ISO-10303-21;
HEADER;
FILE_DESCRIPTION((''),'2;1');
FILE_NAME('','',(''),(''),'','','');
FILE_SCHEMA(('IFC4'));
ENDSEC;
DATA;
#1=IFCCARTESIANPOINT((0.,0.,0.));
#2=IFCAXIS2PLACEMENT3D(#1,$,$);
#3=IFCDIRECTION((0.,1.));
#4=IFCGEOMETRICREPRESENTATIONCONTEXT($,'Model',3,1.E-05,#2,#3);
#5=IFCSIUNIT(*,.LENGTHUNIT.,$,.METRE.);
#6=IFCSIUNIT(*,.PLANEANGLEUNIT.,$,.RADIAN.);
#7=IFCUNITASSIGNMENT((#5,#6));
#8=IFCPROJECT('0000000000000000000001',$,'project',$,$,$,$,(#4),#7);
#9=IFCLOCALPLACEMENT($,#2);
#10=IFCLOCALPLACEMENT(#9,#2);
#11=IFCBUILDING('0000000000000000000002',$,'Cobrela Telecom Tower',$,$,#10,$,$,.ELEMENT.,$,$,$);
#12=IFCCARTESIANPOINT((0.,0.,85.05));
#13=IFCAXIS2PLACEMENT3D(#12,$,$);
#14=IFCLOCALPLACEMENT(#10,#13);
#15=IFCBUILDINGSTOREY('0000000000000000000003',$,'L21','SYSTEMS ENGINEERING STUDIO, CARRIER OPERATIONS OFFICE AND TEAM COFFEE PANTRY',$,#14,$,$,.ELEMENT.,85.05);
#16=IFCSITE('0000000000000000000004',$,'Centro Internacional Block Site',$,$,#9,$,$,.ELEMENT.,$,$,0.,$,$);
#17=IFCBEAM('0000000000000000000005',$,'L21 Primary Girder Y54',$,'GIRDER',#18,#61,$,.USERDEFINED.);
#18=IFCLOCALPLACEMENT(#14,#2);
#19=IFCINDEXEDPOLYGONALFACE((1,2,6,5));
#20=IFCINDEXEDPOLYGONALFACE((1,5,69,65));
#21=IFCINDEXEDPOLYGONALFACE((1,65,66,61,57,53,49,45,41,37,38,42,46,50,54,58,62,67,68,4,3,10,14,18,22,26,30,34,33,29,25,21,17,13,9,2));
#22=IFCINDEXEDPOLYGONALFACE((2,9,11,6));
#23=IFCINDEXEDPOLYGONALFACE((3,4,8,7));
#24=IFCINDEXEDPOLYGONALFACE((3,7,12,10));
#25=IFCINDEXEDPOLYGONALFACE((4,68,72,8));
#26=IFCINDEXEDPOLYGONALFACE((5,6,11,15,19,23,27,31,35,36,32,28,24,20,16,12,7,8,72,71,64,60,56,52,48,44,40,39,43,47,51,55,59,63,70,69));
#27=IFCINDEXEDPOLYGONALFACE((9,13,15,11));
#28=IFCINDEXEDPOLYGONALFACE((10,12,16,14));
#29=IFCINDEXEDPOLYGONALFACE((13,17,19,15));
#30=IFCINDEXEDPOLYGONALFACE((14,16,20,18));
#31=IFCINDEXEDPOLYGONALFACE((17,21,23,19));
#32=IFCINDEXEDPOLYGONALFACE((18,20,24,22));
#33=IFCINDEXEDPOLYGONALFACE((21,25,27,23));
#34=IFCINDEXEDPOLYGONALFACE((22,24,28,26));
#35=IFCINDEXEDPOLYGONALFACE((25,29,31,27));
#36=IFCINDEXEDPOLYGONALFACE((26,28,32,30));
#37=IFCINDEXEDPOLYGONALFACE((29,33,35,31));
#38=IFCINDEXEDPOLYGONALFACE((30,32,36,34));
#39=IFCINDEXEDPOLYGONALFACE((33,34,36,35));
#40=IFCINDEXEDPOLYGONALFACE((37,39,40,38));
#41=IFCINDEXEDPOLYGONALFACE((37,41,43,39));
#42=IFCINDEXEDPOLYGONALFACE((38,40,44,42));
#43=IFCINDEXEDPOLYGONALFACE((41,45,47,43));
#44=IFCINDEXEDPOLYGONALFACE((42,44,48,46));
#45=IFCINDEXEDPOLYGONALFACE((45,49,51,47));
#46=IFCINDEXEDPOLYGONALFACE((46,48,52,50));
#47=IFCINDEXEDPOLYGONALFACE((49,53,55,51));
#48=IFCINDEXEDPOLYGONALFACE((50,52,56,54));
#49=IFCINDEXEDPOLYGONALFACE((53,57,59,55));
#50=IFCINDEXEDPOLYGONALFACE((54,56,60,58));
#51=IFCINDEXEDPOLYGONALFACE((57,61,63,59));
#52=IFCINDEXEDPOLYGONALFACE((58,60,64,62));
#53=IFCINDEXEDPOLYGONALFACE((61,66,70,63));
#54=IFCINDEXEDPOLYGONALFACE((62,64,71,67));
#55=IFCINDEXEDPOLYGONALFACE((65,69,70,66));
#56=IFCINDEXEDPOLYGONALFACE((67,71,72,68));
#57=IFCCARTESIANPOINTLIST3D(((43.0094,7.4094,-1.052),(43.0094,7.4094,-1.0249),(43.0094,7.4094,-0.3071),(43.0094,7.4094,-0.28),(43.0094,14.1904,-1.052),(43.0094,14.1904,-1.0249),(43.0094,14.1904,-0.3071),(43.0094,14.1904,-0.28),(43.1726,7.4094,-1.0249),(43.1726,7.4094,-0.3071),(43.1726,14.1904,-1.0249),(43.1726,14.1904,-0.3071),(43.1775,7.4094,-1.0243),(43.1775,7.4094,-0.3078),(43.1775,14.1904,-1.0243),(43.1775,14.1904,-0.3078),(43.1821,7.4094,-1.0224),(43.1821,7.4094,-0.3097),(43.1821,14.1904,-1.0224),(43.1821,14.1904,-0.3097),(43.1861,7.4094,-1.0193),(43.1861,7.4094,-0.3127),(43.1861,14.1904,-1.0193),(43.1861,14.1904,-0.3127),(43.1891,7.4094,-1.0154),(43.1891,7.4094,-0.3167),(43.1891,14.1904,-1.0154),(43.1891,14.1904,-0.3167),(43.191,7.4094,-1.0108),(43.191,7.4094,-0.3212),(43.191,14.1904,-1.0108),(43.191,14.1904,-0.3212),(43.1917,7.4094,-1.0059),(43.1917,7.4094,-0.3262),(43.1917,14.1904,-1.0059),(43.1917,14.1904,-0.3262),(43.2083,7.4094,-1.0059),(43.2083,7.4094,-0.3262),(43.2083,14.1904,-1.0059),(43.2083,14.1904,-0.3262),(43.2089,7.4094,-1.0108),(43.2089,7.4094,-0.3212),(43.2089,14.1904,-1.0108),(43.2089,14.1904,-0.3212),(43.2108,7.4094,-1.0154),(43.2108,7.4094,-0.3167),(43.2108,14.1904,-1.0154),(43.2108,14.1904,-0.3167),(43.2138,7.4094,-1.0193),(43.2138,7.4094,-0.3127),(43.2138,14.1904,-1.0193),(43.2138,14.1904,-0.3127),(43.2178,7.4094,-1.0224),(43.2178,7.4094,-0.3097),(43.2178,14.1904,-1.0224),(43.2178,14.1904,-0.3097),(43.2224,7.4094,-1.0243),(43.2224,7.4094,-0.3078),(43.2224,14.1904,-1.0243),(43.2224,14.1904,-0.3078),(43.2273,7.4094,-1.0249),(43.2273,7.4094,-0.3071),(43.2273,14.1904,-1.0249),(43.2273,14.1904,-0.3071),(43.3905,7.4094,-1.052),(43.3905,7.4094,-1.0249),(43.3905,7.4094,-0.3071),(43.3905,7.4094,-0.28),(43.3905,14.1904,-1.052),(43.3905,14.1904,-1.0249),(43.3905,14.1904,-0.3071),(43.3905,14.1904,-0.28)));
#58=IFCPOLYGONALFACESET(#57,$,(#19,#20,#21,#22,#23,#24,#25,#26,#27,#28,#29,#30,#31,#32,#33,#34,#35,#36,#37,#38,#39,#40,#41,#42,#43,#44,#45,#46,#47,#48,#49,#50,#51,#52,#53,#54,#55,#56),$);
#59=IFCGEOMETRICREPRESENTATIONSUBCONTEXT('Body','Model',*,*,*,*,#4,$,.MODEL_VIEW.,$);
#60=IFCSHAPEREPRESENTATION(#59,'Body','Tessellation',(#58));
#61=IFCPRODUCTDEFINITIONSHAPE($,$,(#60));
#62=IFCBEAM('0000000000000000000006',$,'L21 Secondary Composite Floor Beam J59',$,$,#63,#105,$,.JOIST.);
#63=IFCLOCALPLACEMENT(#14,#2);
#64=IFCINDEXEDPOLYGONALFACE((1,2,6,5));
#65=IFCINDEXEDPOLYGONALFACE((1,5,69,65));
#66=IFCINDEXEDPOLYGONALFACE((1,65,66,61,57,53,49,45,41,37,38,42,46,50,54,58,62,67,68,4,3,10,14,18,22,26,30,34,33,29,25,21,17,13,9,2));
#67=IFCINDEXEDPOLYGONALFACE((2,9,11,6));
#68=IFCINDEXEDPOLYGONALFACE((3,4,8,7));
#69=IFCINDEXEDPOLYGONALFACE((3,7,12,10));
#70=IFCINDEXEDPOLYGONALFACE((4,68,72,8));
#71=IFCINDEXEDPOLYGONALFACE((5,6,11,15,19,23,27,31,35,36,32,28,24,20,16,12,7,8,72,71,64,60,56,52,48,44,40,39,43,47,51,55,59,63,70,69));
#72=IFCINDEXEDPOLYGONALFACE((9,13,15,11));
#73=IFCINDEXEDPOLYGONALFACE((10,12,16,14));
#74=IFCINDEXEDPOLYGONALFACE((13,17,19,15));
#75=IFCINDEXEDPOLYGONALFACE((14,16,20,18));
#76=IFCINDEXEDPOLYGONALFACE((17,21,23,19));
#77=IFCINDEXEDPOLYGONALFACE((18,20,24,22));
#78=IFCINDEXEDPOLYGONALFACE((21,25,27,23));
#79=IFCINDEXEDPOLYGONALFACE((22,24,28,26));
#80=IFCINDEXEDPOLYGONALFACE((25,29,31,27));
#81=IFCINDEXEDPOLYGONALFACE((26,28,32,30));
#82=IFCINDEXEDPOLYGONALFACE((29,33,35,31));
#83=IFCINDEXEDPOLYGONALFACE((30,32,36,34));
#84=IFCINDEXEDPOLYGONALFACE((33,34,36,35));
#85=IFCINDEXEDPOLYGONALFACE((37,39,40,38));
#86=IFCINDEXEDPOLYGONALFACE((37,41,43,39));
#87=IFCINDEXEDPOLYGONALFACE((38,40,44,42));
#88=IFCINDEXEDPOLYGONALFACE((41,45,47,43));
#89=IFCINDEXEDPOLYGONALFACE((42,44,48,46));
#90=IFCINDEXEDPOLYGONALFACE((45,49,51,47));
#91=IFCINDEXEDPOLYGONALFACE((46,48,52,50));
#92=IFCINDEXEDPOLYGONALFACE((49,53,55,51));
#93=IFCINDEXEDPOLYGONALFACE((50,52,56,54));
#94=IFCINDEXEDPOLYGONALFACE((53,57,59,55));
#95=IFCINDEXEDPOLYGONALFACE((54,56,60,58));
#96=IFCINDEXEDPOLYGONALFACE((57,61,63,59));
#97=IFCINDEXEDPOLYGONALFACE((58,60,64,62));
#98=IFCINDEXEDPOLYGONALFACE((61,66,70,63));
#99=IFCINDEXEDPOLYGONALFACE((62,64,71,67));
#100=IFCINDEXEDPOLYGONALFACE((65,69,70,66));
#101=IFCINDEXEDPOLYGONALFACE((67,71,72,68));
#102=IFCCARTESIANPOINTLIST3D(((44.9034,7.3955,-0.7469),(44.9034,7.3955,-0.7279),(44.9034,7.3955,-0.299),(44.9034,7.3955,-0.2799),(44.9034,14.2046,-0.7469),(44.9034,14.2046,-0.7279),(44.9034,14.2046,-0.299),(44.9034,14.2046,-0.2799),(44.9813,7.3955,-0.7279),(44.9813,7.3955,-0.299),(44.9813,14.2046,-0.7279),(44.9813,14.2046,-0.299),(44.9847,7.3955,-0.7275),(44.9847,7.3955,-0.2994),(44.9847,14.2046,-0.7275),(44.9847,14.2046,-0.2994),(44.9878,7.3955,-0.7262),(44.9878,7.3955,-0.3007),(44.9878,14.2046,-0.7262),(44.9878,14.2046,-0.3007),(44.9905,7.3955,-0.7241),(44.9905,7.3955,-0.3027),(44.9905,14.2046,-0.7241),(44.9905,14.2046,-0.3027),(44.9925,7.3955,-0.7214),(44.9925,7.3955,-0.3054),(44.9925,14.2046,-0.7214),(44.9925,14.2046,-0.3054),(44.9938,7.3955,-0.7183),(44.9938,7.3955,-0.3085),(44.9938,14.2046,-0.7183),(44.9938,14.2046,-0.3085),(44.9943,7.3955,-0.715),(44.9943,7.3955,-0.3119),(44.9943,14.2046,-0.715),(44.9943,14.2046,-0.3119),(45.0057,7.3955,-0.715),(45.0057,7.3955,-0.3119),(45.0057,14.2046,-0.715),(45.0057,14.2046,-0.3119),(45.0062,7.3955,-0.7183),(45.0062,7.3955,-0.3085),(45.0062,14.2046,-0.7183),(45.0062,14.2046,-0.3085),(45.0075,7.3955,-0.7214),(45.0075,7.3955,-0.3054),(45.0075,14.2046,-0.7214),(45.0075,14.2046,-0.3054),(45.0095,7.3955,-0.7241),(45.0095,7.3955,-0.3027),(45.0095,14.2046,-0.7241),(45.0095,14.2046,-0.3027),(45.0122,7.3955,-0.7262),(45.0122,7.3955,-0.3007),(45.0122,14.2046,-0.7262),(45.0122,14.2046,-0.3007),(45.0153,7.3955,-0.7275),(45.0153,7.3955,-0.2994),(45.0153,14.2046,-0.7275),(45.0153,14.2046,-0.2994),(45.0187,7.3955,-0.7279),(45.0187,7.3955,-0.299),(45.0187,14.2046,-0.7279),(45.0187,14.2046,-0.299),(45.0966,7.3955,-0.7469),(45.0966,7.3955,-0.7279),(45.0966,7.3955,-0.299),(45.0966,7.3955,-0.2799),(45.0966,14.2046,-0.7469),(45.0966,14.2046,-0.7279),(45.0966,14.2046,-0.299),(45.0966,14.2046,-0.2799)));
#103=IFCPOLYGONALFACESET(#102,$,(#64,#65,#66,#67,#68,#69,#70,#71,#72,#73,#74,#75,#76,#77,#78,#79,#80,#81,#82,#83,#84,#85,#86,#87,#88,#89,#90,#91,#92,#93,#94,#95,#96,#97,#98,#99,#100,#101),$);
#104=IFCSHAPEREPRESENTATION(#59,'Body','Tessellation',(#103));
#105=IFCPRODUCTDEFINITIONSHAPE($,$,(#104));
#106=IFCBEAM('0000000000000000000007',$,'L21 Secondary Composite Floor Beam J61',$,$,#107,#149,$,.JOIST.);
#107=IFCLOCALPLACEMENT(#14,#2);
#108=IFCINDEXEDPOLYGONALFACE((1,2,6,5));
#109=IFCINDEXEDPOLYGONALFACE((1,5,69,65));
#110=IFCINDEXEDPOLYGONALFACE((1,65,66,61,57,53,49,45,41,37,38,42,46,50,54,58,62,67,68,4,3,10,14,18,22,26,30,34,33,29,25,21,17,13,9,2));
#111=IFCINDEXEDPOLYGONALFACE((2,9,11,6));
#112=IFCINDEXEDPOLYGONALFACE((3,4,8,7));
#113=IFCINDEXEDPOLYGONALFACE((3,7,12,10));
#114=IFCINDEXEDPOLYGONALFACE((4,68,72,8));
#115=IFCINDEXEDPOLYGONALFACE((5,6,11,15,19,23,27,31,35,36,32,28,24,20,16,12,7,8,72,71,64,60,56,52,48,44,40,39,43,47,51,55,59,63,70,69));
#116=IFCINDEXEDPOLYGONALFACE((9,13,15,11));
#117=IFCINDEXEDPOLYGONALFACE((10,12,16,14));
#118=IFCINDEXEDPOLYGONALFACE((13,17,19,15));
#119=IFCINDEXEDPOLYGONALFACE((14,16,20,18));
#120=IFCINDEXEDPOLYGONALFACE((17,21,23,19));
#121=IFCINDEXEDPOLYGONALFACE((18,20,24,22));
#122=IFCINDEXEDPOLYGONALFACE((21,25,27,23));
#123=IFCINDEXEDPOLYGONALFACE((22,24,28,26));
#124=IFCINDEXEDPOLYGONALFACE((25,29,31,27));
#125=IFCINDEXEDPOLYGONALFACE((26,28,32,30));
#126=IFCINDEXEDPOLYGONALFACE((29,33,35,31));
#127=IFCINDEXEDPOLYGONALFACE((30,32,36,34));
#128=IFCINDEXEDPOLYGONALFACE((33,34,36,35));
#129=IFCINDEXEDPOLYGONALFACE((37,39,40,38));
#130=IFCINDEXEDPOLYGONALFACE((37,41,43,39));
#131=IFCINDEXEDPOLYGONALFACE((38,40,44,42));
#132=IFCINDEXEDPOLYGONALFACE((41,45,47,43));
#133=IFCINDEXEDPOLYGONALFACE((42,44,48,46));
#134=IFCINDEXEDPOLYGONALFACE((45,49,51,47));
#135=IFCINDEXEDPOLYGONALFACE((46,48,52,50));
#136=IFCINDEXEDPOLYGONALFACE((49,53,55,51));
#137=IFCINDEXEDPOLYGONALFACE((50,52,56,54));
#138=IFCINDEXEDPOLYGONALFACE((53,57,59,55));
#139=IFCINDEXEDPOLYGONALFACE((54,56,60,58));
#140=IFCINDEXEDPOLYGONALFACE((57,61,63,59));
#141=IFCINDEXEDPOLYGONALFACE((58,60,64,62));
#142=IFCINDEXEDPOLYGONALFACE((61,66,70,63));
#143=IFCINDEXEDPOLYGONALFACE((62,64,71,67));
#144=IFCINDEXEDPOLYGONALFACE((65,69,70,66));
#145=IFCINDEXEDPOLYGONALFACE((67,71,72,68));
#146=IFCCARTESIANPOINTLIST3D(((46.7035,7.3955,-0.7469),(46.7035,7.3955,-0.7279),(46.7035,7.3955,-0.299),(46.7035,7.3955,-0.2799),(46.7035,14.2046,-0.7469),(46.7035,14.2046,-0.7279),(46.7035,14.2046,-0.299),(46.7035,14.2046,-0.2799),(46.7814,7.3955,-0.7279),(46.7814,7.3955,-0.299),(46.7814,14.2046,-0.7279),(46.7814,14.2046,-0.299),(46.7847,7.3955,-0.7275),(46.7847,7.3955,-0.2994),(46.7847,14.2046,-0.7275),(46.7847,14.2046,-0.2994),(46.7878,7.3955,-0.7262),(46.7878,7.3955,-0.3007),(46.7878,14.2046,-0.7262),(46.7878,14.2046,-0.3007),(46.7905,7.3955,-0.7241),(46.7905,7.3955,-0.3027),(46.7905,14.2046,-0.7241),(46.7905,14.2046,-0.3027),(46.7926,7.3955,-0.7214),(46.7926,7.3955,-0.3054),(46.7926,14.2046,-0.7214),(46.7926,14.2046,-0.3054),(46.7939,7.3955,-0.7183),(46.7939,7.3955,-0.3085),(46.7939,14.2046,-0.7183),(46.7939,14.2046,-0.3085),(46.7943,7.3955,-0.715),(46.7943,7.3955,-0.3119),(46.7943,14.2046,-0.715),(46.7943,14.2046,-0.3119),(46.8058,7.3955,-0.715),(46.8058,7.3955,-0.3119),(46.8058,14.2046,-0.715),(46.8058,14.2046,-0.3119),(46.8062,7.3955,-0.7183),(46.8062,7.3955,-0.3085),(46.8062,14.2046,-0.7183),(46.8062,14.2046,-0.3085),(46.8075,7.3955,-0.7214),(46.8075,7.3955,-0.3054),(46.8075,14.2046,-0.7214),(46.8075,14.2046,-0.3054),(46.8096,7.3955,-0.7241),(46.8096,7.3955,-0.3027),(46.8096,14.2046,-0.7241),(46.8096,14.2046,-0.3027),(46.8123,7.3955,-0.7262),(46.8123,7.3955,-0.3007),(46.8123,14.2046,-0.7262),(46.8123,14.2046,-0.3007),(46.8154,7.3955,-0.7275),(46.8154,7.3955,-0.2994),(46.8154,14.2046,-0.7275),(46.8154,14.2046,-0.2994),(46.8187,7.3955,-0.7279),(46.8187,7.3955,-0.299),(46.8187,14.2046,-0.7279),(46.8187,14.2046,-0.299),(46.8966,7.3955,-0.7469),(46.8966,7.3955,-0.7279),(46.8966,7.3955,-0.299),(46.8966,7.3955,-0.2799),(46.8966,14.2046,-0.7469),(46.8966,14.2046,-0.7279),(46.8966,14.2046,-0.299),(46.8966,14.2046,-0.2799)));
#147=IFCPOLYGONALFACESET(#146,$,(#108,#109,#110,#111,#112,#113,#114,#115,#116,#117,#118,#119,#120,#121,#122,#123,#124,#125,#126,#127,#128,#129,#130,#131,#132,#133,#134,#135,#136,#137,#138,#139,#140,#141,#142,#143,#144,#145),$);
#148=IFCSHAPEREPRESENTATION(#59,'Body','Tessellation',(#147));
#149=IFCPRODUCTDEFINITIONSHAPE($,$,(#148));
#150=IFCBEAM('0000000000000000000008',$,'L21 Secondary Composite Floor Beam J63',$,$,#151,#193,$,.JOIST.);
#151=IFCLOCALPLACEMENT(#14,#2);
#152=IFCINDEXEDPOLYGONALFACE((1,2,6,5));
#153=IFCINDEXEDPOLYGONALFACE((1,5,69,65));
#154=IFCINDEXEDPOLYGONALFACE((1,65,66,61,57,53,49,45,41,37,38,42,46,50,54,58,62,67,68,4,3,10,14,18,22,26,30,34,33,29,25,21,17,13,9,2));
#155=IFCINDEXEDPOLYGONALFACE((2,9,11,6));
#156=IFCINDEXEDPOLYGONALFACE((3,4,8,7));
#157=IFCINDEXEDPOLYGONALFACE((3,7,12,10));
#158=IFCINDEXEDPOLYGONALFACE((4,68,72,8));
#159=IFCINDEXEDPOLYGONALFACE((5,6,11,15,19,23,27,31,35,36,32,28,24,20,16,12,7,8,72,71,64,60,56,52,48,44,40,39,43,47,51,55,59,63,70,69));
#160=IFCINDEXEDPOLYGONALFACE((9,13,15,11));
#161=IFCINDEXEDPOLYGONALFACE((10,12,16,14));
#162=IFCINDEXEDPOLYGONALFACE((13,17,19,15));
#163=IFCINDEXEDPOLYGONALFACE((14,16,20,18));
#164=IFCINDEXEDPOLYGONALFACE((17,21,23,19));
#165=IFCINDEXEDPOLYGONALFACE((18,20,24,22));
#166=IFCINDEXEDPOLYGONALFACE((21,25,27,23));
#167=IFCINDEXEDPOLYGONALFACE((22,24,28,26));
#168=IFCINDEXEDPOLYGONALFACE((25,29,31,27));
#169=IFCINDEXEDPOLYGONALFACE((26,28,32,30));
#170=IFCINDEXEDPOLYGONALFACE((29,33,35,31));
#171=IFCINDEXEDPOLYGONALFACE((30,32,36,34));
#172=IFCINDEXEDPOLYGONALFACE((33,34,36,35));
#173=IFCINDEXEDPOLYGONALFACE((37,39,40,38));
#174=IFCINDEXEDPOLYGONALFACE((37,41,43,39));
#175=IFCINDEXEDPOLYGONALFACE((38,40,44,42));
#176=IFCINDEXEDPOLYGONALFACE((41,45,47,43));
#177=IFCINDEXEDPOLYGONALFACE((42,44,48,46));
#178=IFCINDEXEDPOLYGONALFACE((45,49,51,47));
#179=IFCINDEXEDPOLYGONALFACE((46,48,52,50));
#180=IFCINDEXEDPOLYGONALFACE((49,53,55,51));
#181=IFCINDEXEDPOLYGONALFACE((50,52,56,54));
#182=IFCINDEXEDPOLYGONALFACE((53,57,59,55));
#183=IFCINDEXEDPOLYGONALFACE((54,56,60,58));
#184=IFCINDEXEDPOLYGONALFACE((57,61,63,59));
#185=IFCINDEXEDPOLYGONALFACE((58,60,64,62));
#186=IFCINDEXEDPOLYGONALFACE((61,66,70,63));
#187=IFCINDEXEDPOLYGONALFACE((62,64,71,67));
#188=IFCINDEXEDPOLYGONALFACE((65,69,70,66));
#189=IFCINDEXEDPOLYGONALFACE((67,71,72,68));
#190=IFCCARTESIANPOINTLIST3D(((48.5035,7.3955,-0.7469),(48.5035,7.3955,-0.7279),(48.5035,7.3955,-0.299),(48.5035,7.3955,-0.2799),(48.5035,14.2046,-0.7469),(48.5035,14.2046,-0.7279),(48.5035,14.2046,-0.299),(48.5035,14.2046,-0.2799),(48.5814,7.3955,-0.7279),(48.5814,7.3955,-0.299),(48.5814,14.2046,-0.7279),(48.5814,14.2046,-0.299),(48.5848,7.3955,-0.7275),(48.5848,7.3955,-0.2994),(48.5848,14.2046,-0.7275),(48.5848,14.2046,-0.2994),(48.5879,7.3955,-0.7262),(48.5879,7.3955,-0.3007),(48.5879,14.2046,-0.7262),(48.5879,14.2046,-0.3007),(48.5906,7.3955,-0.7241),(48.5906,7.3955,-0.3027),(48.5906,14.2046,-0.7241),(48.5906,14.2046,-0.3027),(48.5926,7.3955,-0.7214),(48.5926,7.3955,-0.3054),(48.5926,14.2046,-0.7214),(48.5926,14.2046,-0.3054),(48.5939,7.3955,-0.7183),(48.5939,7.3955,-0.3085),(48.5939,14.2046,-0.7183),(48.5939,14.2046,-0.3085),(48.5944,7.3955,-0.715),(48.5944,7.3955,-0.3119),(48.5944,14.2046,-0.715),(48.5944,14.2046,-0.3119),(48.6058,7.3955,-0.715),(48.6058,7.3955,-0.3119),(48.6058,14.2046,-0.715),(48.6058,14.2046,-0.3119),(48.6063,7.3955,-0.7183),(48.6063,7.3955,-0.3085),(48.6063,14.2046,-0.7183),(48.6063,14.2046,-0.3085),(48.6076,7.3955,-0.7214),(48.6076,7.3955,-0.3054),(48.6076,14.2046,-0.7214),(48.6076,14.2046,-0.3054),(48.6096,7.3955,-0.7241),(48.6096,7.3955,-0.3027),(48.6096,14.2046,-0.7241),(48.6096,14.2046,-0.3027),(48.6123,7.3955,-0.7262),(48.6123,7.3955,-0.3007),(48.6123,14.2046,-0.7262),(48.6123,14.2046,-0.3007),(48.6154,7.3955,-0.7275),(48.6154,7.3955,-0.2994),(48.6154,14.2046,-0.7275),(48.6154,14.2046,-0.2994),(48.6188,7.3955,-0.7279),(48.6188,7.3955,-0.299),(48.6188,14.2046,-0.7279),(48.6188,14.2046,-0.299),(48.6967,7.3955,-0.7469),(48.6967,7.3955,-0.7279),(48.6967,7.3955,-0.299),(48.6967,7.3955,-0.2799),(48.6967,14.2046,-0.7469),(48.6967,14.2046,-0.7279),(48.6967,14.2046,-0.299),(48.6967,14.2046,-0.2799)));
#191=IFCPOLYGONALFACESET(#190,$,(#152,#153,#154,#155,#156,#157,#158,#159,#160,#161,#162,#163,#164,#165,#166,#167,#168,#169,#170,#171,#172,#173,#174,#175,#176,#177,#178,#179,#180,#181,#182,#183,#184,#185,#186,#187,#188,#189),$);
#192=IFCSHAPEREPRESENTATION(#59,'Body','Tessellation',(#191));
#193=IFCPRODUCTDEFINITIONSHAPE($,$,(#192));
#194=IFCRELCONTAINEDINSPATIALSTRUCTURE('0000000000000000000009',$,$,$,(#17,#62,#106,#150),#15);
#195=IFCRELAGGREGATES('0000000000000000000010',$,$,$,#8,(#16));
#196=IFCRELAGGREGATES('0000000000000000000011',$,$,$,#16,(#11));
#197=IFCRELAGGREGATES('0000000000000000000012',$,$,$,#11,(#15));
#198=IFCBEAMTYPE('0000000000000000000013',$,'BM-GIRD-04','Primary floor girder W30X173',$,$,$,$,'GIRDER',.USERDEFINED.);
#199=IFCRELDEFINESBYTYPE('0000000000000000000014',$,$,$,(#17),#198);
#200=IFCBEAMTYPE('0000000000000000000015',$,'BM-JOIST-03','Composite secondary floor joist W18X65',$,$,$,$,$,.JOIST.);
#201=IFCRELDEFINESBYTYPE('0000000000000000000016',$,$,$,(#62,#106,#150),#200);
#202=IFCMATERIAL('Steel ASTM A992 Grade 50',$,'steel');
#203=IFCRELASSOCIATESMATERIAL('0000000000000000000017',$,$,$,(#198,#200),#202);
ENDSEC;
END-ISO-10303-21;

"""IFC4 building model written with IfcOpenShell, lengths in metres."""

from ifc_helpers import new_model, si_unit, direction, frame, origin, origin_2d, place, context, subcontext, project, spatial, i_section, extrude, material, material_profile, profile_set, type_object, element, save


model = new_model("IFC4")

# Units and contexts
model_context = context("Model", 3, precision=1e-05, world=origin(), true_north=direction((0.0, 1.0)))
body_context = subcontext(model_context, "Body", "Model", "MODEL_VIEW")
ifc_project = project(units=[si_unit("LENGTHUNIT", "METRE"), si_unit("PLANEANGLEUNIT", "RADIAN")], contexts=[model_context])

# Site, building, storey
site_placement = place(None, origin())
site = spatial("IfcSite", under=ifc_project, at=site_placement, Name="Centro Internacional Block Site", CompositionType="ELEMENT", RefElevation=0.0)
building_placement = place(site_placement, origin())
building = spatial("IfcBuilding", under=site, at=building_placement, Name="Cobrela Telecom Tower", CompositionType="ELEMENT")
storey_placement = place(building_placement, frame((0.0, 0.0, 85.05)))
storey = spatial("IfcBuildingStorey", under=building, at=storey_placement, Name="L21", Description="SYSTEMS ENGINEERING STUDIO, CARRIER OPERATIONS OFFICE AND TEAM COFFEE PANTRY", CompositionType="ELEMENT", Elevation=85.05)

# Shared definitions
ifc_material_1 = material(Name="Steel ASTM A992 Grade 50", Category="steel")

# Beams
ifc_material_profile_1 = material_profile(ifc_material_1, i_section(OverallWidth=0.3811, OverallDepth=0.772, WebThickness=0.0166, FlangeThickness=0.0271, FilletRadius=0.019, at=origin_2d()), Name="W30X173")
ifc_profile_set_1 = profile_set([ifc_material_profile_1], Name="Steel ASTM A992 Grade 50")
beam_type_1 = type_object("IfcBeamType", Name="BM-GIRD-04", Description="Primary floor girder W30X173", ElementType="GIRDER", PredefinedType="USERDEFINED", material=ifc_profile_set_1)
beam_1_placement = place(storey_placement, frame((43.2, 7.4094, -0.666), z_axis=(0.0, 1.0, 0.0), x_axis=(-1.0, 0.0, 0.0)))
element("IfcBeam", 1, at=beam_1_placement, inside=storey, type_object=beam_type_1, Name="L21 Primary Girder Y54", ObjectType="GIRDER", PredefinedType="USERDEFINED", context=body_context, shape_type="SweptSolid", body=[
    extrude(i_section(OverallWidth=0.3811, OverallDepth=0.772, WebThickness=0.0166, FlangeThickness=0.0271, FilletRadius=0.019, at=origin_2d()), origin(), (0.0, 0.0, 1.0), 6.781),
])
ifc_material_profile_2 = material_profile(ifc_material_1, i_section(OverallWidth=0.1931, OverallDepth=0.467, WebThickness=0.0115, FlangeThickness=0.019, FilletRadius=0.0129, at=origin_2d()), Name="W18X65")
ifc_profile_set_2 = profile_set([ifc_material_profile_2], Name="Steel ASTM A992 Grade 50")
beam_type_2 = type_object("IfcBeamType", Name="BM-JOIST-03", Description="Composite secondary floor joist W18X65", PredefinedType="JOIST", material=ifc_profile_set_2)
for number, where, z_axis, x_axis, name in (
    (2, (45.0, 7.3955, -0.5134), (0.0, 1.0, 0.0), (-1.0, 0.0, 0.0), "L21 Secondary Composite Floor Beam J59"),
    (3, (46.8, 7.3955, -0.5134), (0.0, 1.0, 0.0), (-1.0, 0.0, 0.0), "L21 Secondary Composite Floor Beam J61"),
    (4, (48.6001, 7.3955, -0.5134), (0.0, 1.0, 0.0), (-1.0, 0.0, 0.0), "L21 Secondary Composite Floor Beam J63"),
):
    element("IfcBeam", number, at=place(storey_placement, frame(where, z_axis=z_axis, x_axis=x_axis)), inside=storey, type_object=beam_type_2, Name=name, PredefinedType="JOIST", context=body_context, shape_type="SweptSolid", body=[
        extrude(i_section(OverallWidth=0.1931, OverallDepth=0.467, WebThickness=0.0115, FlangeThickness=0.019, FilletRadius=0.0129, at=origin_2d()), origin(), (0.0, 0.0, 1.0), 6.8091),
    ])

save(model, "model.ifc")
